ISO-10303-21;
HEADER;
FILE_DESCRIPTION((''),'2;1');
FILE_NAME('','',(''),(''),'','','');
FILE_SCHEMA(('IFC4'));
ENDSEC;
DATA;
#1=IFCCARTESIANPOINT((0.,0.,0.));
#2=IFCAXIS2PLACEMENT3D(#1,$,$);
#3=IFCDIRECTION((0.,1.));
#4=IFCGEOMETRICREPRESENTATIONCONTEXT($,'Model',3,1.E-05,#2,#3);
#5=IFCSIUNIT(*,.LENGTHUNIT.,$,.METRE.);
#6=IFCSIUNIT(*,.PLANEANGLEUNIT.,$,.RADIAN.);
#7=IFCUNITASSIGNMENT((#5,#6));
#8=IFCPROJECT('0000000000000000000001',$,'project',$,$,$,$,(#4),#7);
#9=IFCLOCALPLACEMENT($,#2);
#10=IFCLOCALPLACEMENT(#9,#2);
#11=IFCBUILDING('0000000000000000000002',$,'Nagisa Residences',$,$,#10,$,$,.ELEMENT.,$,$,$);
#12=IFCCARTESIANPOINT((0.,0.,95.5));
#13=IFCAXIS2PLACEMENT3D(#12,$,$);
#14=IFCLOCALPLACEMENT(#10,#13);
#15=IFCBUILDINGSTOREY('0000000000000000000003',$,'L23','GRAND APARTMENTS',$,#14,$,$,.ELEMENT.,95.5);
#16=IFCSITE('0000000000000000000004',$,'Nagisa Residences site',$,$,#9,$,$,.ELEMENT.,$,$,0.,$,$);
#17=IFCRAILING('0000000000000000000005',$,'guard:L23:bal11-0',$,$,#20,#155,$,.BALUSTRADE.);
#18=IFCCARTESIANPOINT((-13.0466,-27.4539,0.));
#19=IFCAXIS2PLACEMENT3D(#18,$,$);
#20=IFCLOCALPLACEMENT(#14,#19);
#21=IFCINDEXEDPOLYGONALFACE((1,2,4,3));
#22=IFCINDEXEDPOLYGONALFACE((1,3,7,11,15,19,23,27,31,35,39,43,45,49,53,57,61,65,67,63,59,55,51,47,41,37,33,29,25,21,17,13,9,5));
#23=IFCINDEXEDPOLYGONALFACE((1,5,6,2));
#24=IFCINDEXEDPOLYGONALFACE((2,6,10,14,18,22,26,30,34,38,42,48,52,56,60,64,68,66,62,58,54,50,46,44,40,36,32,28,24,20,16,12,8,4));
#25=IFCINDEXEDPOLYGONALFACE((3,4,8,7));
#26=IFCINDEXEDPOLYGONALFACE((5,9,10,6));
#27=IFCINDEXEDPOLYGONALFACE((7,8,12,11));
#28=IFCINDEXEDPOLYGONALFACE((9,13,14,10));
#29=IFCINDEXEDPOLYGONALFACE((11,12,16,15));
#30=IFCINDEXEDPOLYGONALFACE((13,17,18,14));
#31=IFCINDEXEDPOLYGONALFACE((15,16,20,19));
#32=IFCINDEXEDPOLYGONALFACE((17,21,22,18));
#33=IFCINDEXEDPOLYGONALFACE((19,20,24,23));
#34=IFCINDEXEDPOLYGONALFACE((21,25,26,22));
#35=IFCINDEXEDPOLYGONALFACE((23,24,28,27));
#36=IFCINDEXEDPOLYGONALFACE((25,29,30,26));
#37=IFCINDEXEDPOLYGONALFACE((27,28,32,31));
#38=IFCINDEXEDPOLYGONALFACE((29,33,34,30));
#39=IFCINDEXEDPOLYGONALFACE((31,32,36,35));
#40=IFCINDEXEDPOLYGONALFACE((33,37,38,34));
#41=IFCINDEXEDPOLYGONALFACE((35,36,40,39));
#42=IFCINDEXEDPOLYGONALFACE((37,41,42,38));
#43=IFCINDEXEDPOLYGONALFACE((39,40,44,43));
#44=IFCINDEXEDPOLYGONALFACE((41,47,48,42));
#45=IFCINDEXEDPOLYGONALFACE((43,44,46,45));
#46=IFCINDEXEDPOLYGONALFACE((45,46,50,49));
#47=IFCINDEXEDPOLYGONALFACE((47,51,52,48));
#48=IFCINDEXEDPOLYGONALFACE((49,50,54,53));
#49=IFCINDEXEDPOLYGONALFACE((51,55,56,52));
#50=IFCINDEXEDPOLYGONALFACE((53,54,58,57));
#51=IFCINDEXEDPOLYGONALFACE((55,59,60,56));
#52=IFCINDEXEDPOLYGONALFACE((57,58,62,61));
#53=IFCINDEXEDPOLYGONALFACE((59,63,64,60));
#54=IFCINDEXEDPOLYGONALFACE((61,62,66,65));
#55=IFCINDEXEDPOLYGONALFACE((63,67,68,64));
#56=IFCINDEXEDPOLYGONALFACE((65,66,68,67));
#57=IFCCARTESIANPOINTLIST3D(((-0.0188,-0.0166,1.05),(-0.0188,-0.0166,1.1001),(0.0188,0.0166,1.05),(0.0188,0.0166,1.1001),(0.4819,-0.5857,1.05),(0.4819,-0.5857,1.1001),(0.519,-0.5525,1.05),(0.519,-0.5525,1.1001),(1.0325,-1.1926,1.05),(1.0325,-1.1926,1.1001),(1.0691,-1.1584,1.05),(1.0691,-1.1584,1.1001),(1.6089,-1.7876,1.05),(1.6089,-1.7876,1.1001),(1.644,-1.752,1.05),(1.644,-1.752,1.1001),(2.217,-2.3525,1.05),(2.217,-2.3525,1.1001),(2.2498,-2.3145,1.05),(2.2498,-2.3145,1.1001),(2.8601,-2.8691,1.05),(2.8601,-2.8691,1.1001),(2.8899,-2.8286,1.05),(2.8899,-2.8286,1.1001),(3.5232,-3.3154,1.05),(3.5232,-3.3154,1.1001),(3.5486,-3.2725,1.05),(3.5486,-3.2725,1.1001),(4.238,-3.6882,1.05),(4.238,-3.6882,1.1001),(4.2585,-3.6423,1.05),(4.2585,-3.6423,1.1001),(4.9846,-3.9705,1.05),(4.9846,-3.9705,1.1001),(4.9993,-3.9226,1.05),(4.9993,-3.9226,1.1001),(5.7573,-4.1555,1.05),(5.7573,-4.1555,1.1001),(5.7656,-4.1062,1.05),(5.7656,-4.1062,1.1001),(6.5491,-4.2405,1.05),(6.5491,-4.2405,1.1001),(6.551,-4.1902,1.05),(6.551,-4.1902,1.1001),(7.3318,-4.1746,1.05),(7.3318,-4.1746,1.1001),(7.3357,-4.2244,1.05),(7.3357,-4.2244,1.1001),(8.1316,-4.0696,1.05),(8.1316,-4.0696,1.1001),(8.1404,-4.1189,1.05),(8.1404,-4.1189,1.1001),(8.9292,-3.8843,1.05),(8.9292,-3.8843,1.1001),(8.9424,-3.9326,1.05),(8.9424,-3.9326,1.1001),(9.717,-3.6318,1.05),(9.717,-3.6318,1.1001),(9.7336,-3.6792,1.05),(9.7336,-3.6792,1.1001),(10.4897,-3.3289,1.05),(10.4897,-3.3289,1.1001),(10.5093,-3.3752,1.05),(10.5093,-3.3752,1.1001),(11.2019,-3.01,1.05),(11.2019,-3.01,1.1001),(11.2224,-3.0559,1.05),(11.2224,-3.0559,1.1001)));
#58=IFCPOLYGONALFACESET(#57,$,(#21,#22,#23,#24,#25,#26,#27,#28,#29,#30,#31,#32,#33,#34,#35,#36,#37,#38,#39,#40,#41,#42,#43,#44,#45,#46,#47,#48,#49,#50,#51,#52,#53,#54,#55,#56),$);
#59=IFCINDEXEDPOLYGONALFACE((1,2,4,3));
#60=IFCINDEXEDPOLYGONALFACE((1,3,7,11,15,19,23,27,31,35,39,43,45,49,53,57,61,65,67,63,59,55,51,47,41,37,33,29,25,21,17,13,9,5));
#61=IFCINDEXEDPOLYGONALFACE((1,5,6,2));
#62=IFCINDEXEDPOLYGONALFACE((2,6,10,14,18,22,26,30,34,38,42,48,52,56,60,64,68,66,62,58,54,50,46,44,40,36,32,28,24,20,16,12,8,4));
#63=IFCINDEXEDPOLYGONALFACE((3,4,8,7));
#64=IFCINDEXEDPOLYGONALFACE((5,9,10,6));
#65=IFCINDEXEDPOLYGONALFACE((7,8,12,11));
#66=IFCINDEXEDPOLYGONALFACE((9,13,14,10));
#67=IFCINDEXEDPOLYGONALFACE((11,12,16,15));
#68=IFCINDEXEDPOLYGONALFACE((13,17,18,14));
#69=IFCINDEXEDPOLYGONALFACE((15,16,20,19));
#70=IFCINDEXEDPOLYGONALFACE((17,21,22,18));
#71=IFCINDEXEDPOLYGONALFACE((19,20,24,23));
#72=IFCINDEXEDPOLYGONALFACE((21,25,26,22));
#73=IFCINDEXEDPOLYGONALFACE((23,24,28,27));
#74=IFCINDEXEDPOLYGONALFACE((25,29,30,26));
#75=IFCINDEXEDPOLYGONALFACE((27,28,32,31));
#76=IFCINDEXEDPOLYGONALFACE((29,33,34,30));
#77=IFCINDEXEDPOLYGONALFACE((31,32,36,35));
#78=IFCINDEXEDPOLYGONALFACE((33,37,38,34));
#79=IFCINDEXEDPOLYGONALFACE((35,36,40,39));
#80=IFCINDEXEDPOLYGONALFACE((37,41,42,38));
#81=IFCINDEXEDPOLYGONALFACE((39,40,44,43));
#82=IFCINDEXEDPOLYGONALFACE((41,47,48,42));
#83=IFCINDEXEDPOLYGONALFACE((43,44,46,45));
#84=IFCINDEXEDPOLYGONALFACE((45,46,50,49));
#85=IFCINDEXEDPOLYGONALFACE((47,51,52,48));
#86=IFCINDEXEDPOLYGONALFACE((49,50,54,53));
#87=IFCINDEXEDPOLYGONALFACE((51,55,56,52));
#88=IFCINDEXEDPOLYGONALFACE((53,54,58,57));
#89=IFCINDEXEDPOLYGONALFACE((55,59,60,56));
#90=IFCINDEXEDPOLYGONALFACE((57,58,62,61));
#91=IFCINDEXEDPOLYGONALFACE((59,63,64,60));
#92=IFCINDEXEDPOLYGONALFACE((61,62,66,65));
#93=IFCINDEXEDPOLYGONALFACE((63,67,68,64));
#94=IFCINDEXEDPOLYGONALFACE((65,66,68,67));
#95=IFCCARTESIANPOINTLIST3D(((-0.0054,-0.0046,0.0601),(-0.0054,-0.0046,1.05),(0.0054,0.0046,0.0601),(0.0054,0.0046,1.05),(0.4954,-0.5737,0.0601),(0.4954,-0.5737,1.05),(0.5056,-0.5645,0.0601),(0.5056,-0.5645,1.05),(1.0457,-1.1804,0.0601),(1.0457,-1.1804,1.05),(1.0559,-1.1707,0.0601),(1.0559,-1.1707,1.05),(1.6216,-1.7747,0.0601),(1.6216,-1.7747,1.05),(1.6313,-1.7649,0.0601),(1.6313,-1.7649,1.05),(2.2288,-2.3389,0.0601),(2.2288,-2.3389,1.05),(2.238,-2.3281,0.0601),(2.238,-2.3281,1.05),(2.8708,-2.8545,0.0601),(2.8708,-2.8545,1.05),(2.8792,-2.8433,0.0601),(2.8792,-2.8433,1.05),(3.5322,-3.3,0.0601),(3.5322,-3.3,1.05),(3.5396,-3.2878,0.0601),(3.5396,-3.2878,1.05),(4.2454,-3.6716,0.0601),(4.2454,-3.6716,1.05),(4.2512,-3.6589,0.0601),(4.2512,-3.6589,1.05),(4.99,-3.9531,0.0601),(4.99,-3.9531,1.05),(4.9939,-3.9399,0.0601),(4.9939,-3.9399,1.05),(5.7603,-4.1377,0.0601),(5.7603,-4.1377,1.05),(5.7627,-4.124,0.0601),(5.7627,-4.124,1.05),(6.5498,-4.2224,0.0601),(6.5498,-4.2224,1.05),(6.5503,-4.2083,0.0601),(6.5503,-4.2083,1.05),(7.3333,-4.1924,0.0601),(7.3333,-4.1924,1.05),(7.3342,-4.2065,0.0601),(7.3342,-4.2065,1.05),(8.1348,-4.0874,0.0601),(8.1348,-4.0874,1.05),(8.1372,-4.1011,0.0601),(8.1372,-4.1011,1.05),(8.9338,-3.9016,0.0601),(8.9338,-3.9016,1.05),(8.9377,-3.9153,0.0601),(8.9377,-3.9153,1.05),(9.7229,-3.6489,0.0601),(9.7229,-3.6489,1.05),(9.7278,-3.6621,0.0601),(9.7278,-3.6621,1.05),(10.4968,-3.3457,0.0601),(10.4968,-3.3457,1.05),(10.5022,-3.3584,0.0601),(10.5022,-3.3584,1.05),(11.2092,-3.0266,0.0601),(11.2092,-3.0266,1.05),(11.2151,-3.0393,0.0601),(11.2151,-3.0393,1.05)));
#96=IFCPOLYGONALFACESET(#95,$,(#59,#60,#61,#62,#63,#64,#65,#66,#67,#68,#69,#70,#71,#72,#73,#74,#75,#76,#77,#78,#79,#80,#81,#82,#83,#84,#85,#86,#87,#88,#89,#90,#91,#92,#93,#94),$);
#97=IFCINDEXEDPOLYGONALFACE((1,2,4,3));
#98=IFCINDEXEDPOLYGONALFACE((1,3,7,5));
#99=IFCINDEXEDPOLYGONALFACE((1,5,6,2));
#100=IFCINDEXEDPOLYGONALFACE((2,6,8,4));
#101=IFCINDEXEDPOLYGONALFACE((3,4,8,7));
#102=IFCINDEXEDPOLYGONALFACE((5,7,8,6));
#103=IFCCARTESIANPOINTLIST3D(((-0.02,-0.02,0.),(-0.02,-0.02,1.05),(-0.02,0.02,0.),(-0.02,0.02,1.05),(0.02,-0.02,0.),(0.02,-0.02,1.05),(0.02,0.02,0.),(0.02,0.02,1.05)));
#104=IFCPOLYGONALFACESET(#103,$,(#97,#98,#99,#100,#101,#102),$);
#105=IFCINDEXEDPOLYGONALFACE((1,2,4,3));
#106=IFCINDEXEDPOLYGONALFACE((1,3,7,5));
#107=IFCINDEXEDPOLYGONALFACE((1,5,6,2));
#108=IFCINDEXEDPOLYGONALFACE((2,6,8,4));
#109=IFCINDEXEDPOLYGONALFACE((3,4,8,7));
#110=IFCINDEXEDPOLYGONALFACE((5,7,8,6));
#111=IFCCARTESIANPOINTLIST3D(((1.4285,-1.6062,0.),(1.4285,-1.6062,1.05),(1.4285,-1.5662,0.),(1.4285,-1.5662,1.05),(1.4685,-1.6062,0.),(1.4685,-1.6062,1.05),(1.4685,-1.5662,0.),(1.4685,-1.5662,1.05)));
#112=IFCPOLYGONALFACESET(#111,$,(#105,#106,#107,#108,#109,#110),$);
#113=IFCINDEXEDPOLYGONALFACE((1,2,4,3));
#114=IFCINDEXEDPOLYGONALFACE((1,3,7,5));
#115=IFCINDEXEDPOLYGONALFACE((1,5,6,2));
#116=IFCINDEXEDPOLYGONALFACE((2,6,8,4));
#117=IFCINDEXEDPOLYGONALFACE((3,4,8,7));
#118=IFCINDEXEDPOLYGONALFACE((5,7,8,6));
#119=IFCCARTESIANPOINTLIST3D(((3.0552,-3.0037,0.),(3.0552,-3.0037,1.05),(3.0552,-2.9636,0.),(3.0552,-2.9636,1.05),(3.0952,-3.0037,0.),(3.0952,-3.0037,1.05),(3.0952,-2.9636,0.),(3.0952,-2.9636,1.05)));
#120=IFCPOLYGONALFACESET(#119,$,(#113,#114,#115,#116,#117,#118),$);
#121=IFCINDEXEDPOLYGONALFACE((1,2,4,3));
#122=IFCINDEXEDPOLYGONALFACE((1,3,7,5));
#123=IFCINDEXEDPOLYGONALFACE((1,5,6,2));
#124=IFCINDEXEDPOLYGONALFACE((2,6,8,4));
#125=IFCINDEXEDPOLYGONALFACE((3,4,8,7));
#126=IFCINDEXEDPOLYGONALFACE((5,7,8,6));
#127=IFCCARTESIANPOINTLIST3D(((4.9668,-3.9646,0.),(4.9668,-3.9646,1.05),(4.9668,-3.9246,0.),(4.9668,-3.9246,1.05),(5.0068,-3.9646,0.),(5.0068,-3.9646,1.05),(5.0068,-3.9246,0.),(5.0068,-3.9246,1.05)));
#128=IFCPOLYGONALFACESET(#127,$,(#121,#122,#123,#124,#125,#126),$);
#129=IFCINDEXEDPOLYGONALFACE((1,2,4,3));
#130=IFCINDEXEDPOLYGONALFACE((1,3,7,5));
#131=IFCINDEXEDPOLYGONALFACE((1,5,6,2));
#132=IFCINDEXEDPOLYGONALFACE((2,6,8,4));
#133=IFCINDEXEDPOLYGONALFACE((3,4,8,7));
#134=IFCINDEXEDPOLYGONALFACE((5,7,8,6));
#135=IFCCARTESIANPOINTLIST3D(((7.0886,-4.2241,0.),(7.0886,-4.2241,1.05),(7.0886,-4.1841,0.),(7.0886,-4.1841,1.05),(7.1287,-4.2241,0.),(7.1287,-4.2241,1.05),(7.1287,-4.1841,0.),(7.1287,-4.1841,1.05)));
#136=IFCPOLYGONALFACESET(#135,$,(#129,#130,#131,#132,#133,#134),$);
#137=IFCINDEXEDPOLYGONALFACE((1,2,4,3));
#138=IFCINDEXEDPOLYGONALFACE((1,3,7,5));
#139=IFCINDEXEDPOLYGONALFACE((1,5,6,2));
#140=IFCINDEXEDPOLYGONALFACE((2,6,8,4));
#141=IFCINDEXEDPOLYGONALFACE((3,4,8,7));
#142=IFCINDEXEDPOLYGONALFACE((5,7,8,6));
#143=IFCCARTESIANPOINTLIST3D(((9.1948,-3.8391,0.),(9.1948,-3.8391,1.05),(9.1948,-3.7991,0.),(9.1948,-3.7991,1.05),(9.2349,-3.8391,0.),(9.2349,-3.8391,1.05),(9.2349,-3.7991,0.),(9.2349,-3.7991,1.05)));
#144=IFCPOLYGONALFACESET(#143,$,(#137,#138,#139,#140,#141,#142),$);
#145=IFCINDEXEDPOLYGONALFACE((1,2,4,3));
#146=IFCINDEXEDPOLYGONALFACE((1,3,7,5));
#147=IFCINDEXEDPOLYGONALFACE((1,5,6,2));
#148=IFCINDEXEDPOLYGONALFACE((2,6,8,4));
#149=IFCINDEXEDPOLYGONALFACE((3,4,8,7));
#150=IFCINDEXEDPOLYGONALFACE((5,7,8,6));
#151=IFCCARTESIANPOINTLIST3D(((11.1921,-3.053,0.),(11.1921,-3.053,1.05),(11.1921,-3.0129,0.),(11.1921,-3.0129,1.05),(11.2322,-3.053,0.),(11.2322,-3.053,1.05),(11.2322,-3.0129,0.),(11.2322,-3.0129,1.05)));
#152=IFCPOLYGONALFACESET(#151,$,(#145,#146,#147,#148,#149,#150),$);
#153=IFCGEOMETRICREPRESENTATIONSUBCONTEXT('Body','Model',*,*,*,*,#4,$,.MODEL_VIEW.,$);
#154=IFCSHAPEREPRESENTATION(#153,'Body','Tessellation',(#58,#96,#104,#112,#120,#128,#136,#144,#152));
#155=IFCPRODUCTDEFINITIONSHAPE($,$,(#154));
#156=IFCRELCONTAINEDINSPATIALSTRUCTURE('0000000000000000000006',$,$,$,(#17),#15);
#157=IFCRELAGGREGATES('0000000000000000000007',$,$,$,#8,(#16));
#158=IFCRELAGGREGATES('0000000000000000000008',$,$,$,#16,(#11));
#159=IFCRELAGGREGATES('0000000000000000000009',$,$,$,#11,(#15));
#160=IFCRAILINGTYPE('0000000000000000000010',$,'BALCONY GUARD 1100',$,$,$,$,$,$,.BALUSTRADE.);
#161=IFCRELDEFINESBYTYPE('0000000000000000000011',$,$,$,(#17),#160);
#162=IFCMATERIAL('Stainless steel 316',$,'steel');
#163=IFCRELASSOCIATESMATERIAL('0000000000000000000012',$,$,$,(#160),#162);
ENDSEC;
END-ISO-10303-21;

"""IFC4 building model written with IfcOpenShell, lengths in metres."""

from ifc_helpers import new_model, si_unit, direction, frame, origin, origin_2d, place, context, subcontext, project, spatial, polyline, rectangle, outline, extrude, material, type_object, element, save


model = new_model("IFC4")

# Units and contexts
model_context = context("Model", 3, precision=1e-05, world=origin(), true_north=direction((0.0, 1.0)))
body_context = subcontext(model_context, "Body", "Model", "MODEL_VIEW")
ifc_project = project(units=[si_unit("LENGTHUNIT", "METRE"), si_unit("PLANEANGLEUNIT", "RADIAN")], contexts=[model_context])

# Site, building, storey
site_placement = place(None, origin())
site = spatial("IfcSite", under=ifc_project, at=site_placement, Name="Nagisa Residences site", CompositionType="ELEMENT", RefElevation=0.0)
building_placement = place(site_placement, origin())
building = spatial("IfcBuilding", under=site, at=building_placement, Name="Nagisa Residences", CompositionType="ELEMENT")
storey_placement = place(building_placement, frame((0.0, 0.0, 95.5)))
storey = spatial("IfcBuildingStorey", under=building, at=storey_placement, Name="L23", Description="GRAND APARTMENTS", CompositionType="ELEMENT", Elevation=95.5)

# Railing
ifc_material_1 = material(Name="Stainless steel 316", Category="steel")
railing_type = type_object("IfcRailingType", Name="BALCONY GUARD 1100", PredefinedType="BALUSTRADE", material=ifc_material_1)
railing_1_placement = place(storey_placement, frame((-13.0466, -27.4539, 0.0)))
element("IfcRailing", 1, at=railing_1_placement, inside=storey, type_object=railing_type, Name="guard:L23:bal11-0", PredefinedType="BALUSTRADE", context=body_context, shape_type="SweptSolid", body=[
    extrude(outline(polyline([(0.519, -0.5525), (0.0188, 0.0166), (-0.0188, -0.0166), (0.4819, -0.5857), (1.0325, -1.1926), (1.6089, -1.7876), (2.217, -2.3525), (2.8601, -2.8691), (3.5232, -3.3154), (4.238, -3.6882), (4.9846, -3.9705), (5.7573, -4.1555), (6.5491, -4.2405), (7.3357, -4.2244), (8.1404, -4.1189), (8.9424, -3.9326), (9.7336, -3.6792), (10.5093, -3.3752), (11.2224, -3.0559), (11.2019, -3.01), (10.4897, -3.3289), (9.717, -3.6318), (8.9292, -3.8843), (8.1316, -4.0696), (7.3318, -4.1746), (6.551, -4.1902), (5.7656, -4.1062), (4.9993, -3.9226), (4.2585, -3.6423), (3.5486, -3.2725), (2.8899, -2.8286), (2.2498, -2.3145), (1.644, -1.752), (1.0691, -1.1584), (0.519, -0.5525)])), frame((0.0, 0.0, 1.05)), (0.0, 0.0, 1.0), 0.05),
    extrude(outline(polyline([(0.5056, -0.5645), (0.0054, 0.0046), (-0.0054, -0.0046), (0.4954, -0.5737), (1.0457, -1.1804), (1.6216, -1.7747), (2.2288, -2.3389), (2.8708, -2.8545), (3.5322, -3.3), (4.2454, -3.6716), (4.99, -3.9531), (5.7603, -4.1377), (6.5498, -4.2224), (7.3342, -4.2065), (8.1372, -4.1011), (8.9377, -3.9153), (9.7278, -3.6621), (10.5022, -3.3584), (11.2151, -3.0393), (11.2092, -3.0266), (10.4968, -3.3457), (9.7229, -3.6489), (8.9338, -3.9016), (8.1348, -4.0874), (7.3333, -4.1924), (6.5503, -4.2083), (5.7627, -4.124), (4.9939, -3.9399), (4.2512, -3.6589), (3.5396, -3.2878), (2.8792, -2.8433), (2.238, -2.3281), (1.6313, -1.7649), (1.0559, -1.1707), (0.5056, -0.5645)])), frame((0.0, 0.0, 0.0601)), (0.0, 0.0, 1.0), 0.99),
    extrude(rectangle(XDim=0.04, YDim=0.04, at=origin_2d()), origin(), (0.0, 0.0, 1.0), 1.05),
    extrude(rectangle(XDim=0.04, YDim=0.04, at=origin_2d()), frame((1.4485, -1.5862, 0.0)), (0.0, 0.0, 1.0), 1.05),
    extrude(rectangle(XDim=0.04, YDim=0.04, at=origin_2d()), frame((3.0752, -2.9836, 0.0)), (0.0, 0.0, 1.0), 1.05),
    extrude(rectangle(XDim=0.04, YDim=0.04, at=origin_2d()), frame((4.9868, -3.9446, 0.0)), (0.0, 0.0, 1.0), 1.05),
    extrude(rectangle(XDim=0.04, YDim=0.04, at=origin_2d()), frame((7.1086, -4.2041, 0.0)), (0.0, 0.0, 1.0), 1.05),
    extrude(rectangle(XDim=0.04, YDim=0.04, at=origin_2d()), frame((9.2148, -3.8191, 0.0)), (0.0, 0.0, 1.0), 1.05),
    extrude(rectangle(XDim=0.04, YDim=0.04, at=origin_2d()), frame((11.2122, -3.033, 0.0)), (0.0, 0.0, 1.0), 1.05),
])

save(model, "model.ifc")
